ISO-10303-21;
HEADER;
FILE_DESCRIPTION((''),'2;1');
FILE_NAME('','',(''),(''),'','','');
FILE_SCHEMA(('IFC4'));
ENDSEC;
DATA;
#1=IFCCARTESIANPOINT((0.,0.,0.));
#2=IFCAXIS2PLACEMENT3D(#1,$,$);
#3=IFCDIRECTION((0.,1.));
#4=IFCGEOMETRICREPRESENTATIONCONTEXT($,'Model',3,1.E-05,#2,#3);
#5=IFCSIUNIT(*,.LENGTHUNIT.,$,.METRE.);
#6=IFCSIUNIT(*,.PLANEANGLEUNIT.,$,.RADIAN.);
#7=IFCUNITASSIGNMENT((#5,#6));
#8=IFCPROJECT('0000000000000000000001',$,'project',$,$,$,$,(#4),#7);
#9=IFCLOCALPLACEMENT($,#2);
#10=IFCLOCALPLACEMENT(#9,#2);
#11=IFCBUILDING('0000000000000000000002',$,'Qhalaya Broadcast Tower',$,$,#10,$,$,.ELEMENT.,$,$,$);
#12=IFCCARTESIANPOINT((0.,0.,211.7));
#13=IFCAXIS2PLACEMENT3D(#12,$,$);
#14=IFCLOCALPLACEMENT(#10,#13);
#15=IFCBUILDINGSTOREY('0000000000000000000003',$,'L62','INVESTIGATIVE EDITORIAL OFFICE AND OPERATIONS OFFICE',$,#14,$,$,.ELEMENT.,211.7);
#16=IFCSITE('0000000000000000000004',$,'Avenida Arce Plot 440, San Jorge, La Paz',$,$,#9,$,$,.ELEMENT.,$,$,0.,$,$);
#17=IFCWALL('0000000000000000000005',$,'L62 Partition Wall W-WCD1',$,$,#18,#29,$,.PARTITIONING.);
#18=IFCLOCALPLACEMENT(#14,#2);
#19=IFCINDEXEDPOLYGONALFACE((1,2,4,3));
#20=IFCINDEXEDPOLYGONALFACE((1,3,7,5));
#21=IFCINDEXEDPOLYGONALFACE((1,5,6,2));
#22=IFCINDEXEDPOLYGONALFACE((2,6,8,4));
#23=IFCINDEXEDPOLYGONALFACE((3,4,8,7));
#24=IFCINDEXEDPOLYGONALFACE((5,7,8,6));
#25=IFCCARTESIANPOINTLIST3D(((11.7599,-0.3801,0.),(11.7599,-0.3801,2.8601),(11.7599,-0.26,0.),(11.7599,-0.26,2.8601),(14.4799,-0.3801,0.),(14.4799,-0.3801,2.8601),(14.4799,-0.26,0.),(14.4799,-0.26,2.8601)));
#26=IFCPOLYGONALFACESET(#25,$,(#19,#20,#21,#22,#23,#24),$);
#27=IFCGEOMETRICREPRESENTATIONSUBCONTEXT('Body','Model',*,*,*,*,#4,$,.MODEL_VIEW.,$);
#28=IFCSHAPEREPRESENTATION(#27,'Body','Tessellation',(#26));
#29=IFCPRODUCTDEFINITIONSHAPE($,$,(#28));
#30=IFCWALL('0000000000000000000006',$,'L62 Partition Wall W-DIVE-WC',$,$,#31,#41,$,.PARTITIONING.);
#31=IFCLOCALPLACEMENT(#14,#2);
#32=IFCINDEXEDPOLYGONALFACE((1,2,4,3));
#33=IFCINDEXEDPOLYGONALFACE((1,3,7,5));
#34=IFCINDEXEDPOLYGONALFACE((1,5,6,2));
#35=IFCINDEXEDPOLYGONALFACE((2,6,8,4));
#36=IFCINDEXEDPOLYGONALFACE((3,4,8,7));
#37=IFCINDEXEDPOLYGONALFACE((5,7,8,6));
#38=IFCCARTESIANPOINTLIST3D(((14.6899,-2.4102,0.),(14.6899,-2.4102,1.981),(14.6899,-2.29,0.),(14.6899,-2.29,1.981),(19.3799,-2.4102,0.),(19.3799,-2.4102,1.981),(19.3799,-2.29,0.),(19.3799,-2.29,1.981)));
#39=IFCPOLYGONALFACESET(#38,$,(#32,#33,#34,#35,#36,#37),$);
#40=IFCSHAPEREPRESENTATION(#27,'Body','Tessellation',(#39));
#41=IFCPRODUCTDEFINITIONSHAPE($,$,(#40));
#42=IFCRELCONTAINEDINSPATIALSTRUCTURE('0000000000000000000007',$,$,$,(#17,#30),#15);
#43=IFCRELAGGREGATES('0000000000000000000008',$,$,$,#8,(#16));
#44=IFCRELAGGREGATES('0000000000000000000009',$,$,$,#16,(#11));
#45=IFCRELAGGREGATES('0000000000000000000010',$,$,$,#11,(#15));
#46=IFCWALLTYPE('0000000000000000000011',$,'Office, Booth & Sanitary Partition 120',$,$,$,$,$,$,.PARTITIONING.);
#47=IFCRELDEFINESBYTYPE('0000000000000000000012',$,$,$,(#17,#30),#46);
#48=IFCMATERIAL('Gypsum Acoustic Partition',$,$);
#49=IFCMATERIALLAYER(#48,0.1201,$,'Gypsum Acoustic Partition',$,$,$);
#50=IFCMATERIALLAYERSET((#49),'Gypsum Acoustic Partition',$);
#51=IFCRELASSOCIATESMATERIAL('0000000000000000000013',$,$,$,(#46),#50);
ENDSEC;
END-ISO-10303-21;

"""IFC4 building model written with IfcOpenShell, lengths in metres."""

from ifc_helpers import new_model, si_unit, direction, frame, frame_2d, origin, place, context, subcontext, project, spatial, rectangle, extrude, material, layer, layer_set, type_object, element, save


model = new_model("IFC4")

# Units and contexts
model_context = context("Model", 3, precision=1e-05, world=origin(), true_north=direction((0.0, 1.0)))
body_context = subcontext(model_context, "Body", "Model", "MODEL_VIEW")
ifc_project = project(units=[si_unit("LENGTHUNIT", "METRE"), si_unit("PLANEANGLEUNIT", "RADIAN")], contexts=[model_context])

# Site, building, storey
site_placement = place(None, origin())
site = spatial("IfcSite", under=ifc_project, at=site_placement, Name="Avenida Arce Plot 440, San Jorge, La Paz", CompositionType="ELEMENT", RefElevation=0.0)
building_placement = place(site_placement, origin())
building = spatial("IfcBuilding", under=site, at=building_placement, Name="Qhalaya Broadcast Tower", CompositionType="ELEMENT")
storey_placement = place(building_placement, frame((0.0, 0.0, 211.7)))
storey = spatial("IfcBuildingStorey", under=building, at=storey_placement, Name="L62", Description="INVESTIGATIVE EDITORIAL OFFICE AND OPERATIONS OFFICE", CompositionType="ELEMENT", Elevation=211.7)

# Shared definitions
ifc_material_1 = material(Name="Gypsum Acoustic Partition")
ifc_layer_1 = layer(ifc_material_1, 0.1201, Name="Gypsum Acoustic Partition")
ifc_layer_set_1 = layer_set([ifc_layer_1], Name="Gypsum Acoustic Partition")
wall_type_1 = type_object("IfcWallType", Name="Office, Booth & Sanitary Partition 120", PredefinedType="PARTITIONING", material=ifc_layer_set_1)

# Walls
wall_1_placement = place(storey_placement, frame((11.76, -0.3201, 0.0), z_axis=(0.0, 0.0, 1.0), x_axis=(1.0, 0.0, 0.0)))
element("IfcWall", 1, at=wall_1_placement, inside=storey, type_object=wall_type_1, Name="L62 Partition Wall W-WCD1", PredefinedType="PARTITIONING", context=body_context, shape_type="SweptSolid", body=[
    extrude(rectangle(XDim=2.72, YDim=0.1201, at=frame_2d((1.3599, 0.0))), origin(), (0.0, 0.0, 1.0), 2.8601),
])
wall_2_placement = place(storey_placement, frame((14.6899, -2.3501, 0.0), z_axis=(0.0, 0.0, 1.0), x_axis=(1.0, 0.0, 0.0)))
element("IfcWall", 2, at=wall_2_placement, inside=storey, type_object=wall_type_1, Name="L62 Partition Wall W-DIVE-WC", PredefinedType="PARTITIONING", context=body_context, shape_type="SweptSolid", body=[
    extrude(rectangle(XDim=4.6899, YDim=0.1201, at=frame_2d((2.345, 0.0))), origin(), (0.0, 0.0, 1.0), 1.981),
])

save(model, "model.ifc")
